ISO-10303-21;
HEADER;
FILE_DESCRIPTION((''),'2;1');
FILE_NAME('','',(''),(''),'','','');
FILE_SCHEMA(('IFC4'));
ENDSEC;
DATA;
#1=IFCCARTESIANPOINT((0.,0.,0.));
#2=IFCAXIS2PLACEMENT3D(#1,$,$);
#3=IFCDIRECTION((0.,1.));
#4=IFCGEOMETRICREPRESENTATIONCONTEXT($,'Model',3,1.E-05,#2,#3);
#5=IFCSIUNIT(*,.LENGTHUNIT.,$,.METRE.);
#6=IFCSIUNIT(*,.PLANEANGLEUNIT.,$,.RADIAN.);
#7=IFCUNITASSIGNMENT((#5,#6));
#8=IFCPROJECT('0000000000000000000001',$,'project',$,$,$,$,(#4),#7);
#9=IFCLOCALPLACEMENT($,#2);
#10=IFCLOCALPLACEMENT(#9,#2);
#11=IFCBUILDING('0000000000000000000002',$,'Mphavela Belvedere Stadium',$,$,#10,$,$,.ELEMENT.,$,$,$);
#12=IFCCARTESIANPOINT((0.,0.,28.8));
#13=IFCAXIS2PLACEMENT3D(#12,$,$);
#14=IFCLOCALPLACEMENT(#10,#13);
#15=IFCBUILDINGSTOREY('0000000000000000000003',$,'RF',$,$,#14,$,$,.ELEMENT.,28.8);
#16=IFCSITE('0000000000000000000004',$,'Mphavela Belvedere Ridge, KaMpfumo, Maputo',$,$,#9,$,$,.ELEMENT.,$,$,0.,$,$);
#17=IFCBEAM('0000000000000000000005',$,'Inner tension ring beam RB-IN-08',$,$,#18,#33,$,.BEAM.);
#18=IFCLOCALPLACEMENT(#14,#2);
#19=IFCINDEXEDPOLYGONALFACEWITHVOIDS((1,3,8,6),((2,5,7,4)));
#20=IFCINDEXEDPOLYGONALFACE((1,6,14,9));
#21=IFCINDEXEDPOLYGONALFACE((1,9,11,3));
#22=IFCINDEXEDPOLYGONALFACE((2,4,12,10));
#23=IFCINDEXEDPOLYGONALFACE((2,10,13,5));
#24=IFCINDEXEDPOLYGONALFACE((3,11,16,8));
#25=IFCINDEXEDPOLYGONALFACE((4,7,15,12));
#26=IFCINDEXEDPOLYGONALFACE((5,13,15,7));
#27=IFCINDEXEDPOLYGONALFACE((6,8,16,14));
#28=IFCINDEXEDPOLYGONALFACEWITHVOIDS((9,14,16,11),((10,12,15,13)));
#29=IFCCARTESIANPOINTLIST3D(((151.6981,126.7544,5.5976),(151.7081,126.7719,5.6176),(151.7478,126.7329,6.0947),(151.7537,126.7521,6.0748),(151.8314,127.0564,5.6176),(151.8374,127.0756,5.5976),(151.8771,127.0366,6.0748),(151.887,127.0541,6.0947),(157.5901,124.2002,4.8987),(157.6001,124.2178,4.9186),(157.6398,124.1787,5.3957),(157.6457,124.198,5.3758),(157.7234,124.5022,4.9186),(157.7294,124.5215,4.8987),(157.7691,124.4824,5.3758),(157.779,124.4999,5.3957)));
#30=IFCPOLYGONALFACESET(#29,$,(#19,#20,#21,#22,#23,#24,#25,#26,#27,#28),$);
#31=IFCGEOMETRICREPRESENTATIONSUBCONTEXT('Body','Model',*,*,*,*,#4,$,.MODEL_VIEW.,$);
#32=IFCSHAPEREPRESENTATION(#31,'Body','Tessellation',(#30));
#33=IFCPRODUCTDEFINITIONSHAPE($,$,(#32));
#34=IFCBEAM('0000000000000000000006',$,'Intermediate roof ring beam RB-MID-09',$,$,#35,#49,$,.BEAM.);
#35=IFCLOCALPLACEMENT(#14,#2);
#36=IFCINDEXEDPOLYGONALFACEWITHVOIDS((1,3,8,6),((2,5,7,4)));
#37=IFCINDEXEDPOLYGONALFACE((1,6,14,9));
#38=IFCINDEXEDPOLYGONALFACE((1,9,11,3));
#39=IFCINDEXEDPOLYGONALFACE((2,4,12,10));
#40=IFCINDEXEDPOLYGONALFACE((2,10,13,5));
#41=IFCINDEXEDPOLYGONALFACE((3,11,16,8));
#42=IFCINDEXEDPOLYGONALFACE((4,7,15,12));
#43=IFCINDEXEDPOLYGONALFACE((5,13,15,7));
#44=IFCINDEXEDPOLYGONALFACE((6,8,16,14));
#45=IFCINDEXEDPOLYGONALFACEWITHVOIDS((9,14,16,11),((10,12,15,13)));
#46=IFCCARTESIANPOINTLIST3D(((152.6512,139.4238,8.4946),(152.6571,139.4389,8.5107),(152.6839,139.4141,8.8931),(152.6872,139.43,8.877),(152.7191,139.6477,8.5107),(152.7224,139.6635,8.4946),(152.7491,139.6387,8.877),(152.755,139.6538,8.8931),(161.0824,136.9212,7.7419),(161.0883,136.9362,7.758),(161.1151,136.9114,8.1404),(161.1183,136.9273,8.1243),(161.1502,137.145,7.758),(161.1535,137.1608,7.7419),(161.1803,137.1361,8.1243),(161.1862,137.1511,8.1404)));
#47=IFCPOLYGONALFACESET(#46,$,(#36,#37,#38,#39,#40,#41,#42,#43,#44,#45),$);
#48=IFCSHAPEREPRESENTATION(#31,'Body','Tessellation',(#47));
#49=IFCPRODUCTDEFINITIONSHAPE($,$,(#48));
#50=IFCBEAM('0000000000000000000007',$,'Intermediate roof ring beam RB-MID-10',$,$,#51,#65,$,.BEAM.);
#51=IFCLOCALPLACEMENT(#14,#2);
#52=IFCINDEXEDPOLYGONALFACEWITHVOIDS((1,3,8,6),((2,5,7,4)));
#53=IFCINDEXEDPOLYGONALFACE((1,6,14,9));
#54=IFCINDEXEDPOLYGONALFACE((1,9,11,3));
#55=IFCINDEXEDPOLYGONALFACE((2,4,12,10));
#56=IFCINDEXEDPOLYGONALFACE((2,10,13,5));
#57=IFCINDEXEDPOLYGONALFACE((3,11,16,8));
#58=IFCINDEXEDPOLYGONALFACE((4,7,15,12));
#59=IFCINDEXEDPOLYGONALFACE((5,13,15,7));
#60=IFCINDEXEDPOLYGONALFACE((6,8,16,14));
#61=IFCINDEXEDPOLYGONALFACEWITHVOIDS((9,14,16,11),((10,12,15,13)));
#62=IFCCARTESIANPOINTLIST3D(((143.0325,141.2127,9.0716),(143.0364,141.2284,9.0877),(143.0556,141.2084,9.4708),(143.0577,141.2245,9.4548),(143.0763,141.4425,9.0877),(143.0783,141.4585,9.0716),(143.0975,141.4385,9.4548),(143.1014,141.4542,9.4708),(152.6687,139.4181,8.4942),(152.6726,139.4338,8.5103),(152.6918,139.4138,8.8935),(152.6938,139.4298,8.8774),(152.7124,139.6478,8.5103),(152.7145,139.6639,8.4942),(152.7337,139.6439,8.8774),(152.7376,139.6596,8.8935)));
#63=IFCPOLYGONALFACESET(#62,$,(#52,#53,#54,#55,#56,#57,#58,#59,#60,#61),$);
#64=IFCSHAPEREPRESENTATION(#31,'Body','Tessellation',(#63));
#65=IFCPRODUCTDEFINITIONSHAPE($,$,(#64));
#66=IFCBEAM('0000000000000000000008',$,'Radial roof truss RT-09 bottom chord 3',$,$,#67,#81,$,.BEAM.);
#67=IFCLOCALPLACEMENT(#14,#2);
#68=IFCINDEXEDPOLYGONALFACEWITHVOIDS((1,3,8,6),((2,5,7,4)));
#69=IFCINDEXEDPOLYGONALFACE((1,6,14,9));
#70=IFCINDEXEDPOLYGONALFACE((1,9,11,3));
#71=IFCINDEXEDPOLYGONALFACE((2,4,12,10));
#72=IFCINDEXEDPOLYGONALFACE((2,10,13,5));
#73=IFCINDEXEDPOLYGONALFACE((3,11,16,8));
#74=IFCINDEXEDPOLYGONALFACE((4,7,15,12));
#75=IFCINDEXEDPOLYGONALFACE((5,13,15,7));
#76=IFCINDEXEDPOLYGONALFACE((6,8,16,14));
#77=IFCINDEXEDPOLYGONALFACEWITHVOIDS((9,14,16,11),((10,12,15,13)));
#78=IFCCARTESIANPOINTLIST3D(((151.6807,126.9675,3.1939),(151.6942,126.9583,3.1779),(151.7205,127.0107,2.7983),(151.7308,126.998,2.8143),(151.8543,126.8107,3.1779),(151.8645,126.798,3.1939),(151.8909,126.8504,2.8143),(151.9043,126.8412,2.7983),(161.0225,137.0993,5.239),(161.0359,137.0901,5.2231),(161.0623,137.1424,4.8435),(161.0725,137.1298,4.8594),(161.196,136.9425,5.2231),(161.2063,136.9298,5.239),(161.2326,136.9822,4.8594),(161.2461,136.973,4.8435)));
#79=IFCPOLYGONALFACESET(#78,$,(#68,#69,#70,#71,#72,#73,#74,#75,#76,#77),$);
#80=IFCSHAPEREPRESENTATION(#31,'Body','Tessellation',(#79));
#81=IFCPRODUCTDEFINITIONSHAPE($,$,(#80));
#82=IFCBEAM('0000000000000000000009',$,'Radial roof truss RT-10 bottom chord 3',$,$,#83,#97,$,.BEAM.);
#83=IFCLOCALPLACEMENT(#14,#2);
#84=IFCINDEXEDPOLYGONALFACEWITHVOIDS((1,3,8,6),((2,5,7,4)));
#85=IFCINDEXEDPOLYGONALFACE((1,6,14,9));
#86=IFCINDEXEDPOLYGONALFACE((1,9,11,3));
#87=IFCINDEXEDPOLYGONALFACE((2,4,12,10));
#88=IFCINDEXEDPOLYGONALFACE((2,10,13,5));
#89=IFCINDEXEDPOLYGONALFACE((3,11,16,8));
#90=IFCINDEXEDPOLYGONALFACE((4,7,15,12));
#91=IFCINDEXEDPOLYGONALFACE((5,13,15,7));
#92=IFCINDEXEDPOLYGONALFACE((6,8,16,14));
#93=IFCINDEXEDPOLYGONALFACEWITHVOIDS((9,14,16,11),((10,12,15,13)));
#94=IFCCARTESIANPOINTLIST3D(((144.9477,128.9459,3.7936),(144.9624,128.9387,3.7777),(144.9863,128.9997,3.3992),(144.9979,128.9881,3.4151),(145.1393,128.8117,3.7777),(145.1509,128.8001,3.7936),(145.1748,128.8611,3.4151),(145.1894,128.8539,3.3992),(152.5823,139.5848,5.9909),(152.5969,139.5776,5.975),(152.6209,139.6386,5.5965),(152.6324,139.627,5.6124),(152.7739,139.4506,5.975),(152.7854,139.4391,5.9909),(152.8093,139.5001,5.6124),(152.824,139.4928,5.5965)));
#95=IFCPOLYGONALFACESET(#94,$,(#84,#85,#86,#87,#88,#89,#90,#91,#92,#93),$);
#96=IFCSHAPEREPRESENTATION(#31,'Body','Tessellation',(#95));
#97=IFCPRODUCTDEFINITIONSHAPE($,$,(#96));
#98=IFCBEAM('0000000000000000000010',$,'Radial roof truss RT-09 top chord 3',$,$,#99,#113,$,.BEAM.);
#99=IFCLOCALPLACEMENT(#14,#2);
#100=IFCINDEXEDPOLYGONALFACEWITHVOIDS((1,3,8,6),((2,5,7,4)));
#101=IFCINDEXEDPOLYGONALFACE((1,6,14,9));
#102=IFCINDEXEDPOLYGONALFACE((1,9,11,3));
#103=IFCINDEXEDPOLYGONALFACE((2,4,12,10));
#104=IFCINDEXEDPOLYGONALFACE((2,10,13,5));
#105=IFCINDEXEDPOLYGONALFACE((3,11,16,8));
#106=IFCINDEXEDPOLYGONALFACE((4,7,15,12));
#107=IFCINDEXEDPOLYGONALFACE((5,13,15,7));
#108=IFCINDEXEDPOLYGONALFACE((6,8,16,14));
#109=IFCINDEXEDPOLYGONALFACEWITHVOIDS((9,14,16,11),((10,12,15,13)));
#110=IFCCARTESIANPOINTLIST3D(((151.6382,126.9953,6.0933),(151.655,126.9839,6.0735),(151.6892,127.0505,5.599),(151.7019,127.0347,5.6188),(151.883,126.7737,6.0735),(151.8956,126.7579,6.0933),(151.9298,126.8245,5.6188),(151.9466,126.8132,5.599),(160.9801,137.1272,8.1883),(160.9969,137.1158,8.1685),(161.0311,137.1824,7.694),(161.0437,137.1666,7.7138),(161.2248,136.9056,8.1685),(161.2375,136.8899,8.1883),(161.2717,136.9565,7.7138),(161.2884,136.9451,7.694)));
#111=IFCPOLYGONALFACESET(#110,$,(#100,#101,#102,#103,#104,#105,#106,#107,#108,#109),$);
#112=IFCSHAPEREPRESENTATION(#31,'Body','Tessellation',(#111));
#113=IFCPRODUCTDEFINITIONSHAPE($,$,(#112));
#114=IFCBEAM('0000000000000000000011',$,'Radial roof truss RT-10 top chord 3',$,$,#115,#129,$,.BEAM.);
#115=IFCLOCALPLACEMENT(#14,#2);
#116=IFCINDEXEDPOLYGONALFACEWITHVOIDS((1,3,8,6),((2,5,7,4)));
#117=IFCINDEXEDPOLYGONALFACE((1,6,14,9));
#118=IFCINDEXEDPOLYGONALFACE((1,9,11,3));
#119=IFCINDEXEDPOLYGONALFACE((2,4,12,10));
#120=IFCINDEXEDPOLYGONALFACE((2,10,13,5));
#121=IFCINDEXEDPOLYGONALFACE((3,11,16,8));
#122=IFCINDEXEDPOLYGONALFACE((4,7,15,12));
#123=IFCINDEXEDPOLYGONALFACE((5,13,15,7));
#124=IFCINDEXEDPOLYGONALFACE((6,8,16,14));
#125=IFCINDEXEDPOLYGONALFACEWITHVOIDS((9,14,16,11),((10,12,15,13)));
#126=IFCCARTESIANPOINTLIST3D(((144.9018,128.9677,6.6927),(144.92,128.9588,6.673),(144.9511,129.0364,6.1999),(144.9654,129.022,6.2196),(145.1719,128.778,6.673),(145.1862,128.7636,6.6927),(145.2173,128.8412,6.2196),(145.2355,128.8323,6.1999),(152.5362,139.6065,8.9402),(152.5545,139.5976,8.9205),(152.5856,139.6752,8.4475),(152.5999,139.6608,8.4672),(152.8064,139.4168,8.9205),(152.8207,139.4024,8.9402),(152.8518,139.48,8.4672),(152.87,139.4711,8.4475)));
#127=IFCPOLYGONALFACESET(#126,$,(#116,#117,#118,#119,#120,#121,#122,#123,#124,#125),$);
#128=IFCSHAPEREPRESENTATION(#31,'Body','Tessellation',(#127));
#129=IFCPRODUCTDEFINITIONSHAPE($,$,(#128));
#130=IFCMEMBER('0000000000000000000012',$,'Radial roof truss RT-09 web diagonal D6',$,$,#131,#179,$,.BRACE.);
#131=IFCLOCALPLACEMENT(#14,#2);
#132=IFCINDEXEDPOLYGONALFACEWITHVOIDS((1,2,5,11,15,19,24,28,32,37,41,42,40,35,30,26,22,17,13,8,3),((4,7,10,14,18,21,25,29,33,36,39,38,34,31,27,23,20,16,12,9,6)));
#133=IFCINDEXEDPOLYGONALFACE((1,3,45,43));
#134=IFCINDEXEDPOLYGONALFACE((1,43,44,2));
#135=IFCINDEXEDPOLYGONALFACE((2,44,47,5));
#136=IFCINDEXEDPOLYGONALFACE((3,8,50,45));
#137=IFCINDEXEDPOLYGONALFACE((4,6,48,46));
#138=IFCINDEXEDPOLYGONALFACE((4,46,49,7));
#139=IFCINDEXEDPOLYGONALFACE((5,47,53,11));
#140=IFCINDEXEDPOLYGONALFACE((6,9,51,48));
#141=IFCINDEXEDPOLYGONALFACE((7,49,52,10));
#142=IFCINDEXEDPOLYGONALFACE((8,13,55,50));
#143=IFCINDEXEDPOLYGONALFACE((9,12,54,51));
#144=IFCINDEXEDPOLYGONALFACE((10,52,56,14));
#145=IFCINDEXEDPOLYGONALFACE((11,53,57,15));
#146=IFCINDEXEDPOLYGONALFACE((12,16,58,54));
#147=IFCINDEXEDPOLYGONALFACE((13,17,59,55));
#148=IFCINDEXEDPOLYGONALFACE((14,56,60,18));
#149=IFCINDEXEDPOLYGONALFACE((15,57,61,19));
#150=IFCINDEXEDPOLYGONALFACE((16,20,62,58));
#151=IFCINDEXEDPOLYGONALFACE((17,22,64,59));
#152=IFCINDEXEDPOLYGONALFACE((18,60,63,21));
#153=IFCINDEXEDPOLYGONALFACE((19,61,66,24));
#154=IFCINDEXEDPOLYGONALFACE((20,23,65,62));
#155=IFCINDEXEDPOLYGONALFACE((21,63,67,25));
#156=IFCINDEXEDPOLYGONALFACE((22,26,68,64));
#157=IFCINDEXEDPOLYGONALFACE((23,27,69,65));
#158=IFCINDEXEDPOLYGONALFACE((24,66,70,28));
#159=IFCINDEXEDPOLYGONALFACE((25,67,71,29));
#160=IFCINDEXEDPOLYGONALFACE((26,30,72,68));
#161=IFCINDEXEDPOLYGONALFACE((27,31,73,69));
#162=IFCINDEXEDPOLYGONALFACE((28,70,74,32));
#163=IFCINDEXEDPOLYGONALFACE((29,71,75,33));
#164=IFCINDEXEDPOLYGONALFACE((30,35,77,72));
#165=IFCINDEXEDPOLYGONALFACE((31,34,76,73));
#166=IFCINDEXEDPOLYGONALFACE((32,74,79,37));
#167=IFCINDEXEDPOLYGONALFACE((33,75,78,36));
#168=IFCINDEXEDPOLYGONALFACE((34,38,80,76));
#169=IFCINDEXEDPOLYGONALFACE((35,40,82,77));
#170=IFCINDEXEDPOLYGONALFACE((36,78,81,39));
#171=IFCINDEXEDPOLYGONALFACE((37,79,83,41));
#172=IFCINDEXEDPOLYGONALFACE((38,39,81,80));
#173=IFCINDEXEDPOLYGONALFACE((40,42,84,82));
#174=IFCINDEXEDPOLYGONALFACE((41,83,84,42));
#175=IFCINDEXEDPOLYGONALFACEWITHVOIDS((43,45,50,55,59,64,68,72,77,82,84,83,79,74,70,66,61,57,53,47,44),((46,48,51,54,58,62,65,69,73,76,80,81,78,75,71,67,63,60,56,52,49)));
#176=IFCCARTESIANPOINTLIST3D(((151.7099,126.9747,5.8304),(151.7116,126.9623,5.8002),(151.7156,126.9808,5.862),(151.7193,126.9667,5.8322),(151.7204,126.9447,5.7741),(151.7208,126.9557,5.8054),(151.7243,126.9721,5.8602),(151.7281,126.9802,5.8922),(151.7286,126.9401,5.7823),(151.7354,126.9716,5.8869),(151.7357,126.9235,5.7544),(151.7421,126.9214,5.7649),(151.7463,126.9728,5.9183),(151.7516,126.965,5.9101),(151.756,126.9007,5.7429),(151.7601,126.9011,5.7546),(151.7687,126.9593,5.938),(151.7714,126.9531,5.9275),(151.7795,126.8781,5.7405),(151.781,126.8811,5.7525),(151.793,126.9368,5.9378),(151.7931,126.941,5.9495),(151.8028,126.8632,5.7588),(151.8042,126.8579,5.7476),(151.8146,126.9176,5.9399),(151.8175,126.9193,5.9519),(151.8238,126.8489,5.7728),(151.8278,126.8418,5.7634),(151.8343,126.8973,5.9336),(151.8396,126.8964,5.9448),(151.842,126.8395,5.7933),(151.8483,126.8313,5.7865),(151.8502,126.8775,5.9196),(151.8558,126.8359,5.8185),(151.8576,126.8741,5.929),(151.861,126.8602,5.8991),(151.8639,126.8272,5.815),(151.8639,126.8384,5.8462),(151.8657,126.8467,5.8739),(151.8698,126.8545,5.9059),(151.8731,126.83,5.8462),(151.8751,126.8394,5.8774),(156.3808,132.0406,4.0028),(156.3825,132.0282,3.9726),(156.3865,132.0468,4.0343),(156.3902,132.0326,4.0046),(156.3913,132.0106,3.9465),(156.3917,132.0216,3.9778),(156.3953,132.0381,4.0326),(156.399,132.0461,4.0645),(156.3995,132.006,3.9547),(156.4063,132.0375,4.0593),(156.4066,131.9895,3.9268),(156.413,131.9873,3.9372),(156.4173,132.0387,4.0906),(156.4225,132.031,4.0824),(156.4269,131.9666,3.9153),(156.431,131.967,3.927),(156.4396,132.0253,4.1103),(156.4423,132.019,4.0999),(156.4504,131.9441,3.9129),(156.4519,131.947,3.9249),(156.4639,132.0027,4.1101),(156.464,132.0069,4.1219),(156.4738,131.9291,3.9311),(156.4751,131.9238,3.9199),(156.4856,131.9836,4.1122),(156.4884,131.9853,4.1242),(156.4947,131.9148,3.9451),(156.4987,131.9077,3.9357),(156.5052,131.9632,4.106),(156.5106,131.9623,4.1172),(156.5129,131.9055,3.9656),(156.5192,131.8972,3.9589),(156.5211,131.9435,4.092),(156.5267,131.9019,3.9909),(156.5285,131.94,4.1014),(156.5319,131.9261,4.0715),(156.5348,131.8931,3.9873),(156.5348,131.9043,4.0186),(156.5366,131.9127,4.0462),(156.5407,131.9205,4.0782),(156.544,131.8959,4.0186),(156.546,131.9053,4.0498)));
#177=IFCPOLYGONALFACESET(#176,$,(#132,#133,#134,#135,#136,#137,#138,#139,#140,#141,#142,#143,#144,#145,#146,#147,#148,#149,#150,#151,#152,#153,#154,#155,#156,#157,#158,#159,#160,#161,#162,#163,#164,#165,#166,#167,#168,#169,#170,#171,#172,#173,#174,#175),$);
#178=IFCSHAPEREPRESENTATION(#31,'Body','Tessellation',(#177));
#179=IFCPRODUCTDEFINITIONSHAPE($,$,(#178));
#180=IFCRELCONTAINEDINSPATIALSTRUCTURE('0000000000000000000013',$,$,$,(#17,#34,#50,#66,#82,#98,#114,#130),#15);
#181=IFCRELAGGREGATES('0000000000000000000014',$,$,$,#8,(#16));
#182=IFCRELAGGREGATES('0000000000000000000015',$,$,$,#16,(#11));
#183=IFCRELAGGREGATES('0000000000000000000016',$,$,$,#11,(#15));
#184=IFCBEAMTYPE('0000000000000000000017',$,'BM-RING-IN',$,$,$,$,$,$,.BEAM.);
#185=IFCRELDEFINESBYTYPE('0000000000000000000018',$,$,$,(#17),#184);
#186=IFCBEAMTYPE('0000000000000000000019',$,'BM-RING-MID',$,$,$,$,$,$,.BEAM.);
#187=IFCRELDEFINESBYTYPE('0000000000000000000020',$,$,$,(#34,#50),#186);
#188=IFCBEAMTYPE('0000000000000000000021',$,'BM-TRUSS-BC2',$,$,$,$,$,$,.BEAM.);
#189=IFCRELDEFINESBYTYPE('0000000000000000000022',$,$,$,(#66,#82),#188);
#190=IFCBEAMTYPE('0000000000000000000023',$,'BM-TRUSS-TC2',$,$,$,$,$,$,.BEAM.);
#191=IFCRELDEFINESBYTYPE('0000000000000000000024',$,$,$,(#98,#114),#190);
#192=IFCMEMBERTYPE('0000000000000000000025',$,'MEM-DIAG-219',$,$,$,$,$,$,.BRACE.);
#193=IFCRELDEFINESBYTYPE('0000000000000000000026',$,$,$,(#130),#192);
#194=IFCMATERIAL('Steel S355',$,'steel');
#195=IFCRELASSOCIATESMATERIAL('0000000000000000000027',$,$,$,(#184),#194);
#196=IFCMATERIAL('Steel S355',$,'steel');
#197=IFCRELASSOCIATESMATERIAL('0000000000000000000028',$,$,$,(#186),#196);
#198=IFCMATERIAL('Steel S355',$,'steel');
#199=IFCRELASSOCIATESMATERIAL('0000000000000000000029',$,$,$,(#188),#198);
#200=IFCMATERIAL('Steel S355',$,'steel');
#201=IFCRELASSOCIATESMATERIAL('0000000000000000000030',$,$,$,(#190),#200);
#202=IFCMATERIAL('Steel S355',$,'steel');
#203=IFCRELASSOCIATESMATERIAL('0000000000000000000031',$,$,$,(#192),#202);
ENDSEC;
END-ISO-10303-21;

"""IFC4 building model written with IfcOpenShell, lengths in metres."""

from ifc_helpers import new_model, si_unit, direction, frame, origin, origin_2d, place, context, subcontext, project, spatial, hollow_rectangle, hollow_circle, extrude, material, material_profile, profile_set, type_object, element, save


model = new_model("IFC4")

# Units and contexts
model_context = context("Model", 3, precision=1e-05, world=origin(), true_north=direction((0.0, 1.0)))
body_context = subcontext(model_context, "Body", "Model", "MODEL_VIEW")
ifc_project = project(units=[si_unit("LENGTHUNIT", "METRE"), si_unit("PLANEANGLEUNIT", "RADIAN")], contexts=[model_context])

# Site, building, storey
site_placement = place(None, origin())
site = spatial("IfcSite", under=ifc_project, at=site_placement, Name="Mphavela Belvedere Ridge, KaMpfumo, Maputo", CompositionType="ELEMENT", RefElevation=0.0)
building_placement = place(site_placement, origin())
building = spatial("IfcBuilding", under=site, at=building_placement, Name="Mphavela Belvedere Stadium", CompositionType="ELEMENT")
storey_placement = place(building_placement, frame((0.0, 0.0, 28.8)))
storey = spatial("IfcBuildingStorey", under=building, at=storey_placement, Name="RF", CompositionType="ELEMENT", Elevation=28.8)

# Beams
ifc_material_1 = material(Name="Steel S355", Category="steel")
ifc_material_profile_1 = material_profile(ifc_material_1, hollow_rectangle(XDim=0.3501, YDim=0.5, WallThickness=0.02, at=origin_2d()), Name="RHS 500x350x20")
ifc_profile_set_1 = profile_set([ifc_material_profile_1], Name="Steel S355")
beam_type_1 = type_object("IfcBeamType", Name="BM-RING-IN", PredefinedType="BEAM", material=ifc_profile_set_1)
beam_1_placement = place(storey_placement, frame((157.6846, 124.3501, 5.1472), z_axis=(-0.912114, 0.395398, 0.108203), x_axis=(-0.397733, -0.917501, 0.0)))
element("IfcBeam", 1, at=beam_1_placement, inside=storey, type_object=beam_type_1, Name="Inner tension ring beam RB-IN-08", PredefinedType="BEAM", context=body_context, shape_type="SweptSolid", body=[
    extrude(hollow_rectangle(XDim=0.3501, YDim=0.5, WallThickness=0.02, at=origin_2d()), origin(), (0.0, 0.0, 1.0), 6.4597),
])
ifc_material_2 = material(Name="Steel S355", Category="steel")
ifc_material_profile_2 = material_profile(ifc_material_2, hollow_rectangle(XDim=0.25, YDim=0.3999, WallThickness=0.0161, at=origin_2d()), Name="RHS 400x250x16")
ifc_profile_set_2 = profile_set([ifc_material_profile_2], Name="Steel S355")
beam_type_2 = type_object("IfcBeamType", Name="BM-RING-MID", PredefinedType="BEAM", material=ifc_profile_set_2)
beam_2_placement = place(storey_placement, frame((161.1343, 137.0361, 7.9412), z_axis=(-0.955165, 0.283529, 0.085272), x_axis=(-0.284566, -0.958657, 0.0)))
element("IfcBeam", 2, at=beam_2_placement, inside=storey, type_object=beam_type_2, Name="Intermediate roof ring beam RB-MID-09", PredefinedType="BEAM", context=body_context, shape_type="SweptSolid", body=[
    extrude(hollow_rectangle(XDim=0.25, YDim=0.3999, WallThickness=0.0161, at=origin_2d()), origin(), (0.0, 0.0, 1.0), 8.8269),
])
beam_3_placement = place(storey_placement, frame((152.7031, 139.5388, 8.6938), z_axis=(-0.981394, 0.182778, 0.058804), x_axis=(-0.183094, -0.983095, 0.0)))
element("IfcBeam", 3, at=beam_3_placement, inside=storey, type_object=beam_type_2, Name="Intermediate roof ring beam RB-MID-10", PredefinedType="BEAM", context=body_context, shape_type="SweptSolid", body=[
    extrude(hollow_rectangle(XDim=0.25, YDim=0.3999, WallThickness=0.0161, at=origin_2d()), origin(), (0.0, 0.0, 1.0), 9.8188),
])
ifc_material_3 = material(Name="Steel S355", Category="steel")
ifc_material_profile_3 = material_profile(ifc_material_3, hollow_rectangle(XDim=0.25, YDim=0.3999, WallThickness=0.0161, at=origin_2d()), Name="RHS 400x250x16")
ifc_profile_set_3 = profile_set([ifc_material_profile_3], Name="Steel S355")
beam_type_3 = type_object("IfcBeamType", Name="BM-TRUSS-BC2", PredefinedType="BEAM", material=ifc_profile_set_3)
beam_4_placement = place(storey_placement, frame((161.1343, 137.0361, 5.0413), z_axis=(-0.670519, -0.727225, -0.146794), x_axis=(0.735189, -0.677862, 0.0)))
element("IfcBeam", 4, at=beam_4_placement, inside=storey, type_object=beam_type_3, Name="Radial roof truss RT-09 bottom chord 3", PredefinedType="BEAM", context=body_context, shape_type="SweptSolid", body=[
    extrude(hollow_rectangle(XDim=0.25, YDim=0.3999, WallThickness=0.0161, at=origin_2d()), origin(), (0.0, 0.0, 1.0), 13.9321),
])
beam_5_placement = place(storey_placement, frame((152.7031, 139.5388, 5.7937), z_axis=(-0.574983, -0.801255, -0.165484), x_axis=(0.812457, -0.583022, 0.0)))
element("IfcBeam", 5, at=beam_5_placement, inside=storey, type_object=beam_type_3, Name="Radial roof truss RT-10 bottom chord 3", PredefinedType="BEAM", context=body_context, shape_type="SweptSolid", body=[
    extrude(hollow_rectangle(XDim=0.25, YDim=0.3999, WallThickness=0.0161, at=origin_2d()), origin(), (0.0, 0.0, 1.0), 13.2778),
])
ifc_material_4 = material(Name="Steel S355", Category="steel")
ifc_material_profile_4 = material_profile(ifc_material_4, hollow_rectangle(XDim=0.3501, YDim=0.5, WallThickness=0.02, at=origin_2d()), Name="RHS 500x350x20")
ifc_profile_set_4 = profile_set([ifc_material_profile_4], Name="Steel S355")
beam_type_4 = type_object("IfcBeamType", Name="BM-TRUSS-TC2", PredefinedType="BEAM", material=ifc_profile_set_4)
beam_6_placement = place(storey_placement, frame((161.1343, 137.0361, 7.9412), z_axis=(-0.670163, -0.726839, -0.150289), x_axis=(0.735189, -0.677862, 0.0)))
element("IfcBeam", 6, at=beam_6_placement, inside=storey, type_object=beam_type_4, Name="Radial roof truss RT-09 top chord 3", PredefinedType="BEAM", context=body_context, shape_type="SweptSolid", body=[
    extrude(hollow_rectangle(XDim=0.3501, YDim=0.5, WallThickness=0.02, at=origin_2d()), origin(), (0.0, 0.0, 1.0), 13.9397),
])
beam_7_placement = place(storey_placement, frame((152.7031, 139.5388, 8.6938), z_axis=(-0.574619, -0.800747, -0.169164), x_axis=(0.812457, -0.583022, 0.0)))
element("IfcBeam", 7, at=beam_7_placement, inside=storey, type_object=beam_type_4, Name="Radial roof truss RT-10 top chord 3", PredefinedType="BEAM", context=body_context, shape_type="SweptSolid", body=[
    extrude(hollow_rectangle(XDim=0.3501, YDim=0.5, WallThickness=0.02, at=origin_2d()), origin(), (0.0, 0.0, 1.0), 13.2861),
])

# Member
ifc_material_5 = material(Name="Steel S355", Category="steel")
ifc_material_profile_5 = material_profile(ifc_material_5, hollow_circle(Radius=0.1096, WallThickness=0.0125, at=origin_2d()), Name="CHS 219.1x12.5")
ifc_profile_set_5 = profile_set([ifc_material_profile_5], Name="Steel S355")
member_type_1 = type_object("IfcMemberType", Name="MEM-DIAG-219", PredefinedType="BRACE", material=ifc_profile_set_5)
member_1_placement = place(storey_placement, frame((156.4634, 131.9702, 4.0186), z_axis=(-0.655207, -0.710618, 0.25637), x_axis=(0.735189, -0.677862, 0.0)))
element("IfcMember", 8, at=member_1_placement, inside=storey, type_object=member_type_1, Name="Radial roof truss RT-09 web diagonal D6", PredefinedType="BRACE", context=body_context, shape_type="SweptSolid", body=[
    extrude(hollow_circle(Radius=0.1096, WallThickness=0.0125, at=origin_2d()), origin(), (0.0, 0.0, 1.0), 7.1289),
])

save(model, "model.ifc")
